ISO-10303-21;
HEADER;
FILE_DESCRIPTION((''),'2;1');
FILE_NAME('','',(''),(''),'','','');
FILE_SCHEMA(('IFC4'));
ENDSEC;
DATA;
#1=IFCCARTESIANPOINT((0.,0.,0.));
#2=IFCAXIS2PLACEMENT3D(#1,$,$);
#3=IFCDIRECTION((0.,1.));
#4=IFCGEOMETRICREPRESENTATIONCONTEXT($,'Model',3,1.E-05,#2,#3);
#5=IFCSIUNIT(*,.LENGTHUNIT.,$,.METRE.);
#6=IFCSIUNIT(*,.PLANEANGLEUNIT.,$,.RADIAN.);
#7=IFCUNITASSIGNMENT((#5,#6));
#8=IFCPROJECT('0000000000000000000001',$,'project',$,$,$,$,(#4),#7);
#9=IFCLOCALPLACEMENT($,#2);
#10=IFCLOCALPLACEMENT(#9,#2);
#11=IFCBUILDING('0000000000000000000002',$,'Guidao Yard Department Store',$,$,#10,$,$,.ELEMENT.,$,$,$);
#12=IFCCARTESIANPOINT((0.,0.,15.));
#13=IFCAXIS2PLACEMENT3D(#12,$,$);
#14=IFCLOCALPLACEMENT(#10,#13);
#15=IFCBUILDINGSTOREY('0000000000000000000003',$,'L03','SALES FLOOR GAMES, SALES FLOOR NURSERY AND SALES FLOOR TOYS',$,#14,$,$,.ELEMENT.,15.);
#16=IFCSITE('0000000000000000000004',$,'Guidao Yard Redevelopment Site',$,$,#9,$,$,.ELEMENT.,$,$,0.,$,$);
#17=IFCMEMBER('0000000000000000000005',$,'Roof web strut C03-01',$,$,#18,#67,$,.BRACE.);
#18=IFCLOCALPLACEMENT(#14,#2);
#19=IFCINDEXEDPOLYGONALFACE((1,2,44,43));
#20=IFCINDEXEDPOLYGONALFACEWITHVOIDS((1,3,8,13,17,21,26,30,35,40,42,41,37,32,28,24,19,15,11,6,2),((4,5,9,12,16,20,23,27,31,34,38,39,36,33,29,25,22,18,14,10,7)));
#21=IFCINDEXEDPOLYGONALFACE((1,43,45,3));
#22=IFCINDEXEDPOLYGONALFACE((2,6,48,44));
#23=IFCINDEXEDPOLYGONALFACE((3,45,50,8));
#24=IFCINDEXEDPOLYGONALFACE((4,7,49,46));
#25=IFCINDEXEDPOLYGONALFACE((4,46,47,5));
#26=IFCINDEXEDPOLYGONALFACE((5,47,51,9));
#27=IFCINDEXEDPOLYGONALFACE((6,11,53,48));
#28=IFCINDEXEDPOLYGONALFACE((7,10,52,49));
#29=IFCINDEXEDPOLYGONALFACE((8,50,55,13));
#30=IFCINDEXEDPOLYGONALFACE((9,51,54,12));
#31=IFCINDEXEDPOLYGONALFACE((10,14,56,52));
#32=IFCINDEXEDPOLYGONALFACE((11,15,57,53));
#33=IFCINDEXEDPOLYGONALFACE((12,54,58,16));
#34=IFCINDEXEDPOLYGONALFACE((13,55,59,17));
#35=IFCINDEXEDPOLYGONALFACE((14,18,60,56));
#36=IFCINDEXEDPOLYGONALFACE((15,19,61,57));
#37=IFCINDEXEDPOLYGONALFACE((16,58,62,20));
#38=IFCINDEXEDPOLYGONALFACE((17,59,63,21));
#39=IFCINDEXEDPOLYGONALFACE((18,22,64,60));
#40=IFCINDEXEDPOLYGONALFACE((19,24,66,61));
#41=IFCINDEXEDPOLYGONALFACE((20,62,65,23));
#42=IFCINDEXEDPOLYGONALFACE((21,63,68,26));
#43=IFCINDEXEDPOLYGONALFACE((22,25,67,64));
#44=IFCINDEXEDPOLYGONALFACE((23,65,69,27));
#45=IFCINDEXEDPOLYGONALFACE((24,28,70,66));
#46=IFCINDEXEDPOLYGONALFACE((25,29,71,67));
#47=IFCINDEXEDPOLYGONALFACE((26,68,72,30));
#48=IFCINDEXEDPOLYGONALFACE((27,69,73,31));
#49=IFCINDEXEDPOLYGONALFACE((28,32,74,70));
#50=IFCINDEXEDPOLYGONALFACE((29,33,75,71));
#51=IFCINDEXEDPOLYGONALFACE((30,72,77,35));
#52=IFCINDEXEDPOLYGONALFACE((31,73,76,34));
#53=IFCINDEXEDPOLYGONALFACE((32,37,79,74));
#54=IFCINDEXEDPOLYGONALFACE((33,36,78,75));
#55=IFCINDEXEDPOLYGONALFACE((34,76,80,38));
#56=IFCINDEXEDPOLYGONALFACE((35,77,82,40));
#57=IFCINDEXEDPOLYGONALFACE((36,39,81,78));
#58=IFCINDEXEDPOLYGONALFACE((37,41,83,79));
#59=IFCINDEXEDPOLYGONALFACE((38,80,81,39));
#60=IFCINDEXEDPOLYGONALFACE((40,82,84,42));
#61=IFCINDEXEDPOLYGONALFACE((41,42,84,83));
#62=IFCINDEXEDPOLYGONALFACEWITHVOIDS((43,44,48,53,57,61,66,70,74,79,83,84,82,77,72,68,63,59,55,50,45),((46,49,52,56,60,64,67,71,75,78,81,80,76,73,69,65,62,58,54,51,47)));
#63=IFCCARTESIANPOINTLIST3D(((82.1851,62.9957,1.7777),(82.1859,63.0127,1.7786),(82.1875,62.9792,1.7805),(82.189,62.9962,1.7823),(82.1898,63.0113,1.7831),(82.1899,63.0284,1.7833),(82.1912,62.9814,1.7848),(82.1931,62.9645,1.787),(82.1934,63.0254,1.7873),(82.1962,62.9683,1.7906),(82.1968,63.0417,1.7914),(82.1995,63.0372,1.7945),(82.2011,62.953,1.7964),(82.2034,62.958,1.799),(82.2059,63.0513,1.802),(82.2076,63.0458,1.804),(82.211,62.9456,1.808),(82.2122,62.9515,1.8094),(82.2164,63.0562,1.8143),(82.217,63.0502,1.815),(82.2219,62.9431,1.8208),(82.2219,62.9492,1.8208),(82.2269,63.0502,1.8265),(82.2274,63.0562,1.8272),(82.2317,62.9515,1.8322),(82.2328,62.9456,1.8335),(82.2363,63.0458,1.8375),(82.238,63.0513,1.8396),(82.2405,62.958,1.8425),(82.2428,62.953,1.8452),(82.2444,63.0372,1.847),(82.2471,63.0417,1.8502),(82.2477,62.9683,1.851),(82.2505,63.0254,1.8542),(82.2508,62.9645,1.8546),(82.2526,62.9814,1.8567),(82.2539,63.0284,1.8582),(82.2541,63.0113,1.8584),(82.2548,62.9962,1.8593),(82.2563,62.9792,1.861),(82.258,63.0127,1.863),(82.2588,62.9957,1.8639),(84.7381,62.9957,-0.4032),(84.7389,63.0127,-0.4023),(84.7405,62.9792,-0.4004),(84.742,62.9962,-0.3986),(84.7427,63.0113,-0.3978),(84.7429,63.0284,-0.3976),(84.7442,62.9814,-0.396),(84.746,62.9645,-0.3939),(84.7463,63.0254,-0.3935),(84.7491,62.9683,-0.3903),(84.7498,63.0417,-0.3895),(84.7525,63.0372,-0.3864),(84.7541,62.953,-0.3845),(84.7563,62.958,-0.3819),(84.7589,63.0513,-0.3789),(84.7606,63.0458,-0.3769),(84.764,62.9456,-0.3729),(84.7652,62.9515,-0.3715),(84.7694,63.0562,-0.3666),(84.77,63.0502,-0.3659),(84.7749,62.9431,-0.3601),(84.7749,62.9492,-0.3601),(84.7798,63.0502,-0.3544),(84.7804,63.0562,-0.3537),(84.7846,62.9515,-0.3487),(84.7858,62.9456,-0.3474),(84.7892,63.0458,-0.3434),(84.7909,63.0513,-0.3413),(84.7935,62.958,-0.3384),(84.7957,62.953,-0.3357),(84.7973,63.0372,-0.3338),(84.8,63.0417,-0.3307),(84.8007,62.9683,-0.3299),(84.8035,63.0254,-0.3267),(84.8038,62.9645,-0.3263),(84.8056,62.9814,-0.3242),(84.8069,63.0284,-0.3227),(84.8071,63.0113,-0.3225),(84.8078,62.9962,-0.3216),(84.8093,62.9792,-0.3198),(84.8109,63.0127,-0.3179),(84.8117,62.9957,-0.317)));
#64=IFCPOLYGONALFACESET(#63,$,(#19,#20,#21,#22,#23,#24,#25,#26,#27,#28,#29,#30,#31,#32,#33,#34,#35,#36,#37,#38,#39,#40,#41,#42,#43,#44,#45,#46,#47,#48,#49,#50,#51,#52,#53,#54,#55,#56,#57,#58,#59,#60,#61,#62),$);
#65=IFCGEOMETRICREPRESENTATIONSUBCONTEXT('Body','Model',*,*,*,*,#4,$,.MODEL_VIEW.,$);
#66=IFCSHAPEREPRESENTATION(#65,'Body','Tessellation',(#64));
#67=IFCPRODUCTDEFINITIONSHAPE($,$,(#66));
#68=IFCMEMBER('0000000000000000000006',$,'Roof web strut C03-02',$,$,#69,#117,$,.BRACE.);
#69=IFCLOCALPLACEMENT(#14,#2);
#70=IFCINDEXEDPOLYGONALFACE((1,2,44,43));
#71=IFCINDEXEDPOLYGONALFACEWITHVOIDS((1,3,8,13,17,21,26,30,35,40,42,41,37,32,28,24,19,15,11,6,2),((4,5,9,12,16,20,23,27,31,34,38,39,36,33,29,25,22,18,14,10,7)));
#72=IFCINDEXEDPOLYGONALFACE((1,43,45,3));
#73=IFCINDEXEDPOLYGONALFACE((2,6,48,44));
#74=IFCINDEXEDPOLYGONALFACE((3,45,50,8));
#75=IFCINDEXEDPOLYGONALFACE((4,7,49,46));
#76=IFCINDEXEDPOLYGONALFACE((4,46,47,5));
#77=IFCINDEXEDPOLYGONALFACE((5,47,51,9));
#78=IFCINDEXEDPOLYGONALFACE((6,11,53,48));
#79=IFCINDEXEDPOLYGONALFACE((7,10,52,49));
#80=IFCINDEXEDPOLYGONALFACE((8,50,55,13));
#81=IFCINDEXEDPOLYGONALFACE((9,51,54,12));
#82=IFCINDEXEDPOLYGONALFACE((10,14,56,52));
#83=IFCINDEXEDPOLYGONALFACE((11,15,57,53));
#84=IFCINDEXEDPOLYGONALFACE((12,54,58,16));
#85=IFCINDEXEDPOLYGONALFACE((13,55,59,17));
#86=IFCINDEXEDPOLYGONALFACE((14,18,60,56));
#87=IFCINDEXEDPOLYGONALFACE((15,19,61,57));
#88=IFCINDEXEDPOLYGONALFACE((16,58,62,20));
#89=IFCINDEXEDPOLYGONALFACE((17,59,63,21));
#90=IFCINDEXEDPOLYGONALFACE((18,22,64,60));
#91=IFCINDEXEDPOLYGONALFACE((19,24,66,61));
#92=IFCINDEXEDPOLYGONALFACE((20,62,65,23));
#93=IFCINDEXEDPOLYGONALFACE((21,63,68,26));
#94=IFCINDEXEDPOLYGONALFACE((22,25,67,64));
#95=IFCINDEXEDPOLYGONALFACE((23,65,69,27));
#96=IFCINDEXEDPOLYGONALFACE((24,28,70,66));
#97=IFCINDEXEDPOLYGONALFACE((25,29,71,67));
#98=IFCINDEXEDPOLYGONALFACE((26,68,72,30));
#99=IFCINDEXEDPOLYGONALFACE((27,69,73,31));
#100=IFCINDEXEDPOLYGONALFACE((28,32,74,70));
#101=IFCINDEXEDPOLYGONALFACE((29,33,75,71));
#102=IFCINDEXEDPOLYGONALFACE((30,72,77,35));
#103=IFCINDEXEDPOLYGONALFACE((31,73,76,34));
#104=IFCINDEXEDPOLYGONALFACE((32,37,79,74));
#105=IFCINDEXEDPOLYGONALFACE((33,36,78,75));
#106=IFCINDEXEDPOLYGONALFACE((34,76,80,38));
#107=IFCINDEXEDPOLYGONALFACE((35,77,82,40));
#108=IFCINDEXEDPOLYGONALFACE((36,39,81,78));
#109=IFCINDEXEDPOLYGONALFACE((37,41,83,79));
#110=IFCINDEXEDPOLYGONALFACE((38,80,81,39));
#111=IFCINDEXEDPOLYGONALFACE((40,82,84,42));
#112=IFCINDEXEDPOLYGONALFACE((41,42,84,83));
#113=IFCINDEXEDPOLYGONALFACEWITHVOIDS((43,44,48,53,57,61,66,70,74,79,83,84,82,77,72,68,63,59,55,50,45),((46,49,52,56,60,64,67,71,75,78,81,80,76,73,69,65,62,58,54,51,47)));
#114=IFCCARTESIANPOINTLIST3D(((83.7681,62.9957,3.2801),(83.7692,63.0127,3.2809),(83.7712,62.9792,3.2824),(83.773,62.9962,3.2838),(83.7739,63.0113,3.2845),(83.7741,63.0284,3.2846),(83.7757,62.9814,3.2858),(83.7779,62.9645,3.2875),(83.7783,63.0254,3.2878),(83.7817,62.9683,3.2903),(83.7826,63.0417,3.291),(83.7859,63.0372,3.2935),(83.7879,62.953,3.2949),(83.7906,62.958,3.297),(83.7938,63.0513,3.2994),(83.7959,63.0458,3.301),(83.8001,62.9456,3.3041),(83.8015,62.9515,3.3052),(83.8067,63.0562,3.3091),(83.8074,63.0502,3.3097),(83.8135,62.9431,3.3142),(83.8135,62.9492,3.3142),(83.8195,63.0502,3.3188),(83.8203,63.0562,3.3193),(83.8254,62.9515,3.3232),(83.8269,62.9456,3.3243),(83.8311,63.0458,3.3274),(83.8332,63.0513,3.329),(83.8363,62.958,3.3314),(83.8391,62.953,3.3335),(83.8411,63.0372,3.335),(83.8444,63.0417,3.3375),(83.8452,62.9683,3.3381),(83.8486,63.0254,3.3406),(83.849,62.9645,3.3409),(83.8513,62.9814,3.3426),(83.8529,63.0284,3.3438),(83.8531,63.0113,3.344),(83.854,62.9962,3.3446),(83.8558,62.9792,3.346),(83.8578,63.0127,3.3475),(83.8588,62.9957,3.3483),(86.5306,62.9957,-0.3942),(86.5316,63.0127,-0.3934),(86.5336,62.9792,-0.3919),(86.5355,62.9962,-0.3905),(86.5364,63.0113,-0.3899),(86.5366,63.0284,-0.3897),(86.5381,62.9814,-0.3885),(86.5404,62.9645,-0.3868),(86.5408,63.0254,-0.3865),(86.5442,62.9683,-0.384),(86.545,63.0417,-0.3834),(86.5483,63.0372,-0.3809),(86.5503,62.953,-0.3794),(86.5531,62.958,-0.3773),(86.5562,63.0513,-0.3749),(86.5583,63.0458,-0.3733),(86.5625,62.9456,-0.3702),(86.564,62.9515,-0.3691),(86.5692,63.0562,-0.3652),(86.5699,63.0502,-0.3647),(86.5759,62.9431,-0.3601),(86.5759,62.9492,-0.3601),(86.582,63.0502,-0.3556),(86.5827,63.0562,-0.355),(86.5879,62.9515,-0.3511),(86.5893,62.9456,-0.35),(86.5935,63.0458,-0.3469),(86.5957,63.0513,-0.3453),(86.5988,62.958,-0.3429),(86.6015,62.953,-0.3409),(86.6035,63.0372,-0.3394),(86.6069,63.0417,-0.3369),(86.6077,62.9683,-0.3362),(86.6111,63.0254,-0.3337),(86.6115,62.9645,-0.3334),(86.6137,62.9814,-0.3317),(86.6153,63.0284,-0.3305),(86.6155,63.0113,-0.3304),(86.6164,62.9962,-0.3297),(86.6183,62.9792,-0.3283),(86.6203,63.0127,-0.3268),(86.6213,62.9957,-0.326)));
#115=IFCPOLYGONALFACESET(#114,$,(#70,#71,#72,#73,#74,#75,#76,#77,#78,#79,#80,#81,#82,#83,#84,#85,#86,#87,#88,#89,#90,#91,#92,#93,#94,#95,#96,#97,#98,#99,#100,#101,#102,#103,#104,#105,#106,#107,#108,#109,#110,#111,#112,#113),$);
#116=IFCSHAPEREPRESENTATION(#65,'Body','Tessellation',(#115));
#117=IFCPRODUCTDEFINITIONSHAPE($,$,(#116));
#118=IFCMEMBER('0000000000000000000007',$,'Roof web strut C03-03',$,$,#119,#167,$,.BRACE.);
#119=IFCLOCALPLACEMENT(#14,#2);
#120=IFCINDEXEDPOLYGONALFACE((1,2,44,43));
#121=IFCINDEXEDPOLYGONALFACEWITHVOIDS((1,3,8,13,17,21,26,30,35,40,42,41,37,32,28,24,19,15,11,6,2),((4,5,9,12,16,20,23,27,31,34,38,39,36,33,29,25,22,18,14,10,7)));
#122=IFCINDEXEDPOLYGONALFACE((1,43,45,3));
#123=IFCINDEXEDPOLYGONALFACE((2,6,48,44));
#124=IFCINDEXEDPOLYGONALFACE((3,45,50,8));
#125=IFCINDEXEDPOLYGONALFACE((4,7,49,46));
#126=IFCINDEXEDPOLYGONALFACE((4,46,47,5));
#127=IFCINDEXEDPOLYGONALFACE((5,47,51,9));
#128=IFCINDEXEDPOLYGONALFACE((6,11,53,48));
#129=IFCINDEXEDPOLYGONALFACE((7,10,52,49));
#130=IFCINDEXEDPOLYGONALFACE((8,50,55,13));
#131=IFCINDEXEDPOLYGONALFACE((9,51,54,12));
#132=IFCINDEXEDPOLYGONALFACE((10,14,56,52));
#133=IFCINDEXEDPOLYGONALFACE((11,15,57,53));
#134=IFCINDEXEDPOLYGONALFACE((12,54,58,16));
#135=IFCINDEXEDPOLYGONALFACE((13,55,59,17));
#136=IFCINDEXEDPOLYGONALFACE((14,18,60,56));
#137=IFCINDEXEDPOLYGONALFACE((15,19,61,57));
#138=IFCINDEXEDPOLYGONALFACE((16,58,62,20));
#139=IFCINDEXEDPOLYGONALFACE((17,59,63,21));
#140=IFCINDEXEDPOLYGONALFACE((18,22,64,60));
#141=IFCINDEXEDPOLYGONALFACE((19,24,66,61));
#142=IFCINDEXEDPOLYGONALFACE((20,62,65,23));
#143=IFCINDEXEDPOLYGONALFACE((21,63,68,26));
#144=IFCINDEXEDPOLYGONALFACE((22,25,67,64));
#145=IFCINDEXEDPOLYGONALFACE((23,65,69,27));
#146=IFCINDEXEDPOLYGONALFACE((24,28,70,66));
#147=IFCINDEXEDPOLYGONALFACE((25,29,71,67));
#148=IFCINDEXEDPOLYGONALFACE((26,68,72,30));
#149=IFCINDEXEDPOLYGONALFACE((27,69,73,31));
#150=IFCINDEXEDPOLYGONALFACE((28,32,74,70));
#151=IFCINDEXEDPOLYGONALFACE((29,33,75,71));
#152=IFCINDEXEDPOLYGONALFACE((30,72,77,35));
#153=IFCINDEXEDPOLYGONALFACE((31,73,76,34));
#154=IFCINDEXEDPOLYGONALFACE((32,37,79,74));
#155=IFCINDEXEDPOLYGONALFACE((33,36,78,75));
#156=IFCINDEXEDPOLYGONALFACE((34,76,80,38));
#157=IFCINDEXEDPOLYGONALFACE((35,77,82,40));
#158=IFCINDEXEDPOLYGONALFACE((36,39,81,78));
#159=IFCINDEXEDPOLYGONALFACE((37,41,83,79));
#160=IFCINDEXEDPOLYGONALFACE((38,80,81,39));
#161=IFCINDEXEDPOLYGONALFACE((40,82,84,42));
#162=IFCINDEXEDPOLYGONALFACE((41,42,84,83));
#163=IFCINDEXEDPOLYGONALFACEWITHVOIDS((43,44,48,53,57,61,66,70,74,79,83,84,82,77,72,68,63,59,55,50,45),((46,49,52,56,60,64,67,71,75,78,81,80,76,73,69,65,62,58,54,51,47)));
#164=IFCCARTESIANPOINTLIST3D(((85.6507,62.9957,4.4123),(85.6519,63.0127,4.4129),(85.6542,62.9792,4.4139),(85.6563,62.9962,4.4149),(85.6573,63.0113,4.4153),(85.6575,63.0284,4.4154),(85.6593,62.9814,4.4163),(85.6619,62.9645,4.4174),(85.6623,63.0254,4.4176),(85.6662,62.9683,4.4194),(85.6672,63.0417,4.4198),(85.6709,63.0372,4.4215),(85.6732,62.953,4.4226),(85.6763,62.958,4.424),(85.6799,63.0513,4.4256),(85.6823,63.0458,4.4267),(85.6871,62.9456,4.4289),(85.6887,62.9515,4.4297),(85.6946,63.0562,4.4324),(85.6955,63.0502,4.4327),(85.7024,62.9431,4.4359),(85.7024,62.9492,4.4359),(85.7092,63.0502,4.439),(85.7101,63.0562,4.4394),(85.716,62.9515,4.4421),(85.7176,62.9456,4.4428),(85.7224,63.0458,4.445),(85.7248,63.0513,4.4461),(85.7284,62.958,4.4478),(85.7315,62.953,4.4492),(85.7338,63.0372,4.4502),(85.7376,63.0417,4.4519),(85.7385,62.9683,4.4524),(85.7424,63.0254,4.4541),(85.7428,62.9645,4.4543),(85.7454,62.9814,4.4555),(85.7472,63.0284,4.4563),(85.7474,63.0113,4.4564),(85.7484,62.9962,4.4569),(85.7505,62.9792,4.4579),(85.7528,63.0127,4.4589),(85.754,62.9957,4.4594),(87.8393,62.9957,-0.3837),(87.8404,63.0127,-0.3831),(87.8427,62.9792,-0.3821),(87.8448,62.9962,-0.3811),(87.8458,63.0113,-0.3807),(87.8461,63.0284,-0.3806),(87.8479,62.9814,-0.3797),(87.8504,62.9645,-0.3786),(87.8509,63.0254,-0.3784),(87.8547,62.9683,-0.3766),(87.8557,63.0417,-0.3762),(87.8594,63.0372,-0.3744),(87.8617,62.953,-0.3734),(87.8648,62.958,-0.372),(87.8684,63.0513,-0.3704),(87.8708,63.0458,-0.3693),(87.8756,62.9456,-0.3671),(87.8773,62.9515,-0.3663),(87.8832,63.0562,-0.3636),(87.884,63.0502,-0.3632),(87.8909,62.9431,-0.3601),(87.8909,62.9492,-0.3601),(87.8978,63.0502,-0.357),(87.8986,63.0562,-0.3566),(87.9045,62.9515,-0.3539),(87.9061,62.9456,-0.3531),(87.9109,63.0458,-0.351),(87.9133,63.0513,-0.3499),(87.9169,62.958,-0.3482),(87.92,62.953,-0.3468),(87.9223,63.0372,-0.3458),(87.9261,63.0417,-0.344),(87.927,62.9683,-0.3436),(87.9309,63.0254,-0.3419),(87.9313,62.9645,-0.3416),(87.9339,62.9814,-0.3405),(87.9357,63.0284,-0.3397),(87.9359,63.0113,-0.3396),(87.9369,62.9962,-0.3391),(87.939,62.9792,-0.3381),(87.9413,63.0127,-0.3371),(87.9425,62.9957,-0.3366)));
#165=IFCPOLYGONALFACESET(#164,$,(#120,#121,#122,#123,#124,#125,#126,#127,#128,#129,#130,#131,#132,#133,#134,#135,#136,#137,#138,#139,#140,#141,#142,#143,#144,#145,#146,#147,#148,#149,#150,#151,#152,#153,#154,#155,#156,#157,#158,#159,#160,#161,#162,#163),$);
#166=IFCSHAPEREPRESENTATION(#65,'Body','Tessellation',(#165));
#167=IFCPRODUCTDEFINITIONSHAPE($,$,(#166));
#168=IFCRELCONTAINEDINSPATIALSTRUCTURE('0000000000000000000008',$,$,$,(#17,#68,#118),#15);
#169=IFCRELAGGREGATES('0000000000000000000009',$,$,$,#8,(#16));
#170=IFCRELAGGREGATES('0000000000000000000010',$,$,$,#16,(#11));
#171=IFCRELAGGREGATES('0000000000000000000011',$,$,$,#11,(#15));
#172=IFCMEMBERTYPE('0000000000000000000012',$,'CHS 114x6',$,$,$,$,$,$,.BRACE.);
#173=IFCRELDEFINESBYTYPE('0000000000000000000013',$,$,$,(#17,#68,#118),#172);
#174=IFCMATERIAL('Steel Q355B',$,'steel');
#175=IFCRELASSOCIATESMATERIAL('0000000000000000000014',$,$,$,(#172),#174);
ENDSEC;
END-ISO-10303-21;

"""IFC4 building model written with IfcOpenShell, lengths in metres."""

from ifc_helpers import new_model, si_unit, direction, frame, origin, origin_2d, place, context, subcontext, project, spatial, hollow_circle, extrude, material, material_profile, profile_set, type_object, element, save


model = new_model("IFC4")

# Units and contexts
model_context = context("Model", 3, precision=1e-05, world=origin(), true_north=direction((0.0, 1.0)))
body_context = subcontext(model_context, "Body", "Model", "MODEL_VIEW")
ifc_project = project(units=[si_unit("LENGTHUNIT", "METRE"), si_unit("PLANEANGLEUNIT", "RADIAN")], contexts=[model_context])

# Site, building, storey
site_placement = place(None, origin())
site = spatial("IfcSite", under=ifc_project, at=site_placement, Name="Guidao Yard Redevelopment Site", CompositionType="ELEMENT", RefElevation=0.0)
building_placement = place(site_placement, origin())
building = spatial("IfcBuilding", under=site, at=building_placement, Name="Guidao Yard Department Store", CompositionType="ELEMENT")
storey_placement = place(building_placement, frame((0.0, 0.0, 15.0)))
storey = spatial("IfcBuildingStorey", under=building, at=storey_placement, Name="L03", Description="SALES FLOOR GAMES, SALES FLOOR NURSERY AND SALES FLOOR TOYS", CompositionType="ELEMENT", Elevation=15.0)

# Members
ifc_material_1 = material(Name="Steel Q355B", Category="steel")
ifc_material_profile_1 = material_profile(ifc_material_1, hollow_circle(Radius=0.0569, WallThickness=0.0061, at=origin_2d()), Name="CHS 114x6")
ifc_profile_set_1 = profile_set([ifc_material_profile_1], Name="Steel Q355B")
member_type_1 = type_object("IfcMemberType", Name="CHS 114x6", PredefinedType="BRACE", material=ifc_profile_set_1)
member_1_placement = place(storey_placement, frame((84.7749, 63.0, -0.3601), z_axis=(-0.760339, 0.0, 0.649527), x_axis=(0.0, -1.0, 0.0)))
element("IfcMember", 1, at=member_1_placement, inside=storey, type_object=member_type_1, Name="Roof web strut C03-01", PredefinedType="BRACE", context=body_context, shape_type="SweptSolid", body=[
    extrude(hollow_circle(Radius=0.0569, WallThickness=0.0061, at=origin_2d()), origin(), (0.0, 0.0, 1.0), 3.3577),
])
member_2_placement = place(storey_placement, frame((86.5759, 63.0, -0.3601), z_axis=(-0.600934, 0.0, 0.799298), x_axis=(0.0, -1.0, 0.0)))
element("IfcMember", 2, at=member_2_placement, inside=storey, type_object=member_type_1, Name="Roof web strut C03-02", PredefinedType="BRACE", context=body_context, shape_type="SweptSolid", body=[
    extrude(hollow_circle(Radius=0.0569, WallThickness=0.0061, at=origin_2d()), origin(), (0.0, 0.0, 1.0), 4.5969),
])
member_3_placement = place(storey_placement, frame((87.8909, 63.0, -0.3601), z_axis=(-0.415142, 0.0, 0.909756), x_axis=(0.0, -1.0, 0.0)))
element("IfcMember", 3, at=member_3_placement, inside=storey, type_object=member_type_1, Name="Roof web strut C03-03", PredefinedType="BRACE", context=body_context, shape_type="SweptSolid", body=[
    extrude(hollow_circle(Radius=0.0569, WallThickness=0.0061, at=origin_2d()), origin(), (0.0, 0.0, 1.0), 5.2717),
])

save(model, "model.ifc")
